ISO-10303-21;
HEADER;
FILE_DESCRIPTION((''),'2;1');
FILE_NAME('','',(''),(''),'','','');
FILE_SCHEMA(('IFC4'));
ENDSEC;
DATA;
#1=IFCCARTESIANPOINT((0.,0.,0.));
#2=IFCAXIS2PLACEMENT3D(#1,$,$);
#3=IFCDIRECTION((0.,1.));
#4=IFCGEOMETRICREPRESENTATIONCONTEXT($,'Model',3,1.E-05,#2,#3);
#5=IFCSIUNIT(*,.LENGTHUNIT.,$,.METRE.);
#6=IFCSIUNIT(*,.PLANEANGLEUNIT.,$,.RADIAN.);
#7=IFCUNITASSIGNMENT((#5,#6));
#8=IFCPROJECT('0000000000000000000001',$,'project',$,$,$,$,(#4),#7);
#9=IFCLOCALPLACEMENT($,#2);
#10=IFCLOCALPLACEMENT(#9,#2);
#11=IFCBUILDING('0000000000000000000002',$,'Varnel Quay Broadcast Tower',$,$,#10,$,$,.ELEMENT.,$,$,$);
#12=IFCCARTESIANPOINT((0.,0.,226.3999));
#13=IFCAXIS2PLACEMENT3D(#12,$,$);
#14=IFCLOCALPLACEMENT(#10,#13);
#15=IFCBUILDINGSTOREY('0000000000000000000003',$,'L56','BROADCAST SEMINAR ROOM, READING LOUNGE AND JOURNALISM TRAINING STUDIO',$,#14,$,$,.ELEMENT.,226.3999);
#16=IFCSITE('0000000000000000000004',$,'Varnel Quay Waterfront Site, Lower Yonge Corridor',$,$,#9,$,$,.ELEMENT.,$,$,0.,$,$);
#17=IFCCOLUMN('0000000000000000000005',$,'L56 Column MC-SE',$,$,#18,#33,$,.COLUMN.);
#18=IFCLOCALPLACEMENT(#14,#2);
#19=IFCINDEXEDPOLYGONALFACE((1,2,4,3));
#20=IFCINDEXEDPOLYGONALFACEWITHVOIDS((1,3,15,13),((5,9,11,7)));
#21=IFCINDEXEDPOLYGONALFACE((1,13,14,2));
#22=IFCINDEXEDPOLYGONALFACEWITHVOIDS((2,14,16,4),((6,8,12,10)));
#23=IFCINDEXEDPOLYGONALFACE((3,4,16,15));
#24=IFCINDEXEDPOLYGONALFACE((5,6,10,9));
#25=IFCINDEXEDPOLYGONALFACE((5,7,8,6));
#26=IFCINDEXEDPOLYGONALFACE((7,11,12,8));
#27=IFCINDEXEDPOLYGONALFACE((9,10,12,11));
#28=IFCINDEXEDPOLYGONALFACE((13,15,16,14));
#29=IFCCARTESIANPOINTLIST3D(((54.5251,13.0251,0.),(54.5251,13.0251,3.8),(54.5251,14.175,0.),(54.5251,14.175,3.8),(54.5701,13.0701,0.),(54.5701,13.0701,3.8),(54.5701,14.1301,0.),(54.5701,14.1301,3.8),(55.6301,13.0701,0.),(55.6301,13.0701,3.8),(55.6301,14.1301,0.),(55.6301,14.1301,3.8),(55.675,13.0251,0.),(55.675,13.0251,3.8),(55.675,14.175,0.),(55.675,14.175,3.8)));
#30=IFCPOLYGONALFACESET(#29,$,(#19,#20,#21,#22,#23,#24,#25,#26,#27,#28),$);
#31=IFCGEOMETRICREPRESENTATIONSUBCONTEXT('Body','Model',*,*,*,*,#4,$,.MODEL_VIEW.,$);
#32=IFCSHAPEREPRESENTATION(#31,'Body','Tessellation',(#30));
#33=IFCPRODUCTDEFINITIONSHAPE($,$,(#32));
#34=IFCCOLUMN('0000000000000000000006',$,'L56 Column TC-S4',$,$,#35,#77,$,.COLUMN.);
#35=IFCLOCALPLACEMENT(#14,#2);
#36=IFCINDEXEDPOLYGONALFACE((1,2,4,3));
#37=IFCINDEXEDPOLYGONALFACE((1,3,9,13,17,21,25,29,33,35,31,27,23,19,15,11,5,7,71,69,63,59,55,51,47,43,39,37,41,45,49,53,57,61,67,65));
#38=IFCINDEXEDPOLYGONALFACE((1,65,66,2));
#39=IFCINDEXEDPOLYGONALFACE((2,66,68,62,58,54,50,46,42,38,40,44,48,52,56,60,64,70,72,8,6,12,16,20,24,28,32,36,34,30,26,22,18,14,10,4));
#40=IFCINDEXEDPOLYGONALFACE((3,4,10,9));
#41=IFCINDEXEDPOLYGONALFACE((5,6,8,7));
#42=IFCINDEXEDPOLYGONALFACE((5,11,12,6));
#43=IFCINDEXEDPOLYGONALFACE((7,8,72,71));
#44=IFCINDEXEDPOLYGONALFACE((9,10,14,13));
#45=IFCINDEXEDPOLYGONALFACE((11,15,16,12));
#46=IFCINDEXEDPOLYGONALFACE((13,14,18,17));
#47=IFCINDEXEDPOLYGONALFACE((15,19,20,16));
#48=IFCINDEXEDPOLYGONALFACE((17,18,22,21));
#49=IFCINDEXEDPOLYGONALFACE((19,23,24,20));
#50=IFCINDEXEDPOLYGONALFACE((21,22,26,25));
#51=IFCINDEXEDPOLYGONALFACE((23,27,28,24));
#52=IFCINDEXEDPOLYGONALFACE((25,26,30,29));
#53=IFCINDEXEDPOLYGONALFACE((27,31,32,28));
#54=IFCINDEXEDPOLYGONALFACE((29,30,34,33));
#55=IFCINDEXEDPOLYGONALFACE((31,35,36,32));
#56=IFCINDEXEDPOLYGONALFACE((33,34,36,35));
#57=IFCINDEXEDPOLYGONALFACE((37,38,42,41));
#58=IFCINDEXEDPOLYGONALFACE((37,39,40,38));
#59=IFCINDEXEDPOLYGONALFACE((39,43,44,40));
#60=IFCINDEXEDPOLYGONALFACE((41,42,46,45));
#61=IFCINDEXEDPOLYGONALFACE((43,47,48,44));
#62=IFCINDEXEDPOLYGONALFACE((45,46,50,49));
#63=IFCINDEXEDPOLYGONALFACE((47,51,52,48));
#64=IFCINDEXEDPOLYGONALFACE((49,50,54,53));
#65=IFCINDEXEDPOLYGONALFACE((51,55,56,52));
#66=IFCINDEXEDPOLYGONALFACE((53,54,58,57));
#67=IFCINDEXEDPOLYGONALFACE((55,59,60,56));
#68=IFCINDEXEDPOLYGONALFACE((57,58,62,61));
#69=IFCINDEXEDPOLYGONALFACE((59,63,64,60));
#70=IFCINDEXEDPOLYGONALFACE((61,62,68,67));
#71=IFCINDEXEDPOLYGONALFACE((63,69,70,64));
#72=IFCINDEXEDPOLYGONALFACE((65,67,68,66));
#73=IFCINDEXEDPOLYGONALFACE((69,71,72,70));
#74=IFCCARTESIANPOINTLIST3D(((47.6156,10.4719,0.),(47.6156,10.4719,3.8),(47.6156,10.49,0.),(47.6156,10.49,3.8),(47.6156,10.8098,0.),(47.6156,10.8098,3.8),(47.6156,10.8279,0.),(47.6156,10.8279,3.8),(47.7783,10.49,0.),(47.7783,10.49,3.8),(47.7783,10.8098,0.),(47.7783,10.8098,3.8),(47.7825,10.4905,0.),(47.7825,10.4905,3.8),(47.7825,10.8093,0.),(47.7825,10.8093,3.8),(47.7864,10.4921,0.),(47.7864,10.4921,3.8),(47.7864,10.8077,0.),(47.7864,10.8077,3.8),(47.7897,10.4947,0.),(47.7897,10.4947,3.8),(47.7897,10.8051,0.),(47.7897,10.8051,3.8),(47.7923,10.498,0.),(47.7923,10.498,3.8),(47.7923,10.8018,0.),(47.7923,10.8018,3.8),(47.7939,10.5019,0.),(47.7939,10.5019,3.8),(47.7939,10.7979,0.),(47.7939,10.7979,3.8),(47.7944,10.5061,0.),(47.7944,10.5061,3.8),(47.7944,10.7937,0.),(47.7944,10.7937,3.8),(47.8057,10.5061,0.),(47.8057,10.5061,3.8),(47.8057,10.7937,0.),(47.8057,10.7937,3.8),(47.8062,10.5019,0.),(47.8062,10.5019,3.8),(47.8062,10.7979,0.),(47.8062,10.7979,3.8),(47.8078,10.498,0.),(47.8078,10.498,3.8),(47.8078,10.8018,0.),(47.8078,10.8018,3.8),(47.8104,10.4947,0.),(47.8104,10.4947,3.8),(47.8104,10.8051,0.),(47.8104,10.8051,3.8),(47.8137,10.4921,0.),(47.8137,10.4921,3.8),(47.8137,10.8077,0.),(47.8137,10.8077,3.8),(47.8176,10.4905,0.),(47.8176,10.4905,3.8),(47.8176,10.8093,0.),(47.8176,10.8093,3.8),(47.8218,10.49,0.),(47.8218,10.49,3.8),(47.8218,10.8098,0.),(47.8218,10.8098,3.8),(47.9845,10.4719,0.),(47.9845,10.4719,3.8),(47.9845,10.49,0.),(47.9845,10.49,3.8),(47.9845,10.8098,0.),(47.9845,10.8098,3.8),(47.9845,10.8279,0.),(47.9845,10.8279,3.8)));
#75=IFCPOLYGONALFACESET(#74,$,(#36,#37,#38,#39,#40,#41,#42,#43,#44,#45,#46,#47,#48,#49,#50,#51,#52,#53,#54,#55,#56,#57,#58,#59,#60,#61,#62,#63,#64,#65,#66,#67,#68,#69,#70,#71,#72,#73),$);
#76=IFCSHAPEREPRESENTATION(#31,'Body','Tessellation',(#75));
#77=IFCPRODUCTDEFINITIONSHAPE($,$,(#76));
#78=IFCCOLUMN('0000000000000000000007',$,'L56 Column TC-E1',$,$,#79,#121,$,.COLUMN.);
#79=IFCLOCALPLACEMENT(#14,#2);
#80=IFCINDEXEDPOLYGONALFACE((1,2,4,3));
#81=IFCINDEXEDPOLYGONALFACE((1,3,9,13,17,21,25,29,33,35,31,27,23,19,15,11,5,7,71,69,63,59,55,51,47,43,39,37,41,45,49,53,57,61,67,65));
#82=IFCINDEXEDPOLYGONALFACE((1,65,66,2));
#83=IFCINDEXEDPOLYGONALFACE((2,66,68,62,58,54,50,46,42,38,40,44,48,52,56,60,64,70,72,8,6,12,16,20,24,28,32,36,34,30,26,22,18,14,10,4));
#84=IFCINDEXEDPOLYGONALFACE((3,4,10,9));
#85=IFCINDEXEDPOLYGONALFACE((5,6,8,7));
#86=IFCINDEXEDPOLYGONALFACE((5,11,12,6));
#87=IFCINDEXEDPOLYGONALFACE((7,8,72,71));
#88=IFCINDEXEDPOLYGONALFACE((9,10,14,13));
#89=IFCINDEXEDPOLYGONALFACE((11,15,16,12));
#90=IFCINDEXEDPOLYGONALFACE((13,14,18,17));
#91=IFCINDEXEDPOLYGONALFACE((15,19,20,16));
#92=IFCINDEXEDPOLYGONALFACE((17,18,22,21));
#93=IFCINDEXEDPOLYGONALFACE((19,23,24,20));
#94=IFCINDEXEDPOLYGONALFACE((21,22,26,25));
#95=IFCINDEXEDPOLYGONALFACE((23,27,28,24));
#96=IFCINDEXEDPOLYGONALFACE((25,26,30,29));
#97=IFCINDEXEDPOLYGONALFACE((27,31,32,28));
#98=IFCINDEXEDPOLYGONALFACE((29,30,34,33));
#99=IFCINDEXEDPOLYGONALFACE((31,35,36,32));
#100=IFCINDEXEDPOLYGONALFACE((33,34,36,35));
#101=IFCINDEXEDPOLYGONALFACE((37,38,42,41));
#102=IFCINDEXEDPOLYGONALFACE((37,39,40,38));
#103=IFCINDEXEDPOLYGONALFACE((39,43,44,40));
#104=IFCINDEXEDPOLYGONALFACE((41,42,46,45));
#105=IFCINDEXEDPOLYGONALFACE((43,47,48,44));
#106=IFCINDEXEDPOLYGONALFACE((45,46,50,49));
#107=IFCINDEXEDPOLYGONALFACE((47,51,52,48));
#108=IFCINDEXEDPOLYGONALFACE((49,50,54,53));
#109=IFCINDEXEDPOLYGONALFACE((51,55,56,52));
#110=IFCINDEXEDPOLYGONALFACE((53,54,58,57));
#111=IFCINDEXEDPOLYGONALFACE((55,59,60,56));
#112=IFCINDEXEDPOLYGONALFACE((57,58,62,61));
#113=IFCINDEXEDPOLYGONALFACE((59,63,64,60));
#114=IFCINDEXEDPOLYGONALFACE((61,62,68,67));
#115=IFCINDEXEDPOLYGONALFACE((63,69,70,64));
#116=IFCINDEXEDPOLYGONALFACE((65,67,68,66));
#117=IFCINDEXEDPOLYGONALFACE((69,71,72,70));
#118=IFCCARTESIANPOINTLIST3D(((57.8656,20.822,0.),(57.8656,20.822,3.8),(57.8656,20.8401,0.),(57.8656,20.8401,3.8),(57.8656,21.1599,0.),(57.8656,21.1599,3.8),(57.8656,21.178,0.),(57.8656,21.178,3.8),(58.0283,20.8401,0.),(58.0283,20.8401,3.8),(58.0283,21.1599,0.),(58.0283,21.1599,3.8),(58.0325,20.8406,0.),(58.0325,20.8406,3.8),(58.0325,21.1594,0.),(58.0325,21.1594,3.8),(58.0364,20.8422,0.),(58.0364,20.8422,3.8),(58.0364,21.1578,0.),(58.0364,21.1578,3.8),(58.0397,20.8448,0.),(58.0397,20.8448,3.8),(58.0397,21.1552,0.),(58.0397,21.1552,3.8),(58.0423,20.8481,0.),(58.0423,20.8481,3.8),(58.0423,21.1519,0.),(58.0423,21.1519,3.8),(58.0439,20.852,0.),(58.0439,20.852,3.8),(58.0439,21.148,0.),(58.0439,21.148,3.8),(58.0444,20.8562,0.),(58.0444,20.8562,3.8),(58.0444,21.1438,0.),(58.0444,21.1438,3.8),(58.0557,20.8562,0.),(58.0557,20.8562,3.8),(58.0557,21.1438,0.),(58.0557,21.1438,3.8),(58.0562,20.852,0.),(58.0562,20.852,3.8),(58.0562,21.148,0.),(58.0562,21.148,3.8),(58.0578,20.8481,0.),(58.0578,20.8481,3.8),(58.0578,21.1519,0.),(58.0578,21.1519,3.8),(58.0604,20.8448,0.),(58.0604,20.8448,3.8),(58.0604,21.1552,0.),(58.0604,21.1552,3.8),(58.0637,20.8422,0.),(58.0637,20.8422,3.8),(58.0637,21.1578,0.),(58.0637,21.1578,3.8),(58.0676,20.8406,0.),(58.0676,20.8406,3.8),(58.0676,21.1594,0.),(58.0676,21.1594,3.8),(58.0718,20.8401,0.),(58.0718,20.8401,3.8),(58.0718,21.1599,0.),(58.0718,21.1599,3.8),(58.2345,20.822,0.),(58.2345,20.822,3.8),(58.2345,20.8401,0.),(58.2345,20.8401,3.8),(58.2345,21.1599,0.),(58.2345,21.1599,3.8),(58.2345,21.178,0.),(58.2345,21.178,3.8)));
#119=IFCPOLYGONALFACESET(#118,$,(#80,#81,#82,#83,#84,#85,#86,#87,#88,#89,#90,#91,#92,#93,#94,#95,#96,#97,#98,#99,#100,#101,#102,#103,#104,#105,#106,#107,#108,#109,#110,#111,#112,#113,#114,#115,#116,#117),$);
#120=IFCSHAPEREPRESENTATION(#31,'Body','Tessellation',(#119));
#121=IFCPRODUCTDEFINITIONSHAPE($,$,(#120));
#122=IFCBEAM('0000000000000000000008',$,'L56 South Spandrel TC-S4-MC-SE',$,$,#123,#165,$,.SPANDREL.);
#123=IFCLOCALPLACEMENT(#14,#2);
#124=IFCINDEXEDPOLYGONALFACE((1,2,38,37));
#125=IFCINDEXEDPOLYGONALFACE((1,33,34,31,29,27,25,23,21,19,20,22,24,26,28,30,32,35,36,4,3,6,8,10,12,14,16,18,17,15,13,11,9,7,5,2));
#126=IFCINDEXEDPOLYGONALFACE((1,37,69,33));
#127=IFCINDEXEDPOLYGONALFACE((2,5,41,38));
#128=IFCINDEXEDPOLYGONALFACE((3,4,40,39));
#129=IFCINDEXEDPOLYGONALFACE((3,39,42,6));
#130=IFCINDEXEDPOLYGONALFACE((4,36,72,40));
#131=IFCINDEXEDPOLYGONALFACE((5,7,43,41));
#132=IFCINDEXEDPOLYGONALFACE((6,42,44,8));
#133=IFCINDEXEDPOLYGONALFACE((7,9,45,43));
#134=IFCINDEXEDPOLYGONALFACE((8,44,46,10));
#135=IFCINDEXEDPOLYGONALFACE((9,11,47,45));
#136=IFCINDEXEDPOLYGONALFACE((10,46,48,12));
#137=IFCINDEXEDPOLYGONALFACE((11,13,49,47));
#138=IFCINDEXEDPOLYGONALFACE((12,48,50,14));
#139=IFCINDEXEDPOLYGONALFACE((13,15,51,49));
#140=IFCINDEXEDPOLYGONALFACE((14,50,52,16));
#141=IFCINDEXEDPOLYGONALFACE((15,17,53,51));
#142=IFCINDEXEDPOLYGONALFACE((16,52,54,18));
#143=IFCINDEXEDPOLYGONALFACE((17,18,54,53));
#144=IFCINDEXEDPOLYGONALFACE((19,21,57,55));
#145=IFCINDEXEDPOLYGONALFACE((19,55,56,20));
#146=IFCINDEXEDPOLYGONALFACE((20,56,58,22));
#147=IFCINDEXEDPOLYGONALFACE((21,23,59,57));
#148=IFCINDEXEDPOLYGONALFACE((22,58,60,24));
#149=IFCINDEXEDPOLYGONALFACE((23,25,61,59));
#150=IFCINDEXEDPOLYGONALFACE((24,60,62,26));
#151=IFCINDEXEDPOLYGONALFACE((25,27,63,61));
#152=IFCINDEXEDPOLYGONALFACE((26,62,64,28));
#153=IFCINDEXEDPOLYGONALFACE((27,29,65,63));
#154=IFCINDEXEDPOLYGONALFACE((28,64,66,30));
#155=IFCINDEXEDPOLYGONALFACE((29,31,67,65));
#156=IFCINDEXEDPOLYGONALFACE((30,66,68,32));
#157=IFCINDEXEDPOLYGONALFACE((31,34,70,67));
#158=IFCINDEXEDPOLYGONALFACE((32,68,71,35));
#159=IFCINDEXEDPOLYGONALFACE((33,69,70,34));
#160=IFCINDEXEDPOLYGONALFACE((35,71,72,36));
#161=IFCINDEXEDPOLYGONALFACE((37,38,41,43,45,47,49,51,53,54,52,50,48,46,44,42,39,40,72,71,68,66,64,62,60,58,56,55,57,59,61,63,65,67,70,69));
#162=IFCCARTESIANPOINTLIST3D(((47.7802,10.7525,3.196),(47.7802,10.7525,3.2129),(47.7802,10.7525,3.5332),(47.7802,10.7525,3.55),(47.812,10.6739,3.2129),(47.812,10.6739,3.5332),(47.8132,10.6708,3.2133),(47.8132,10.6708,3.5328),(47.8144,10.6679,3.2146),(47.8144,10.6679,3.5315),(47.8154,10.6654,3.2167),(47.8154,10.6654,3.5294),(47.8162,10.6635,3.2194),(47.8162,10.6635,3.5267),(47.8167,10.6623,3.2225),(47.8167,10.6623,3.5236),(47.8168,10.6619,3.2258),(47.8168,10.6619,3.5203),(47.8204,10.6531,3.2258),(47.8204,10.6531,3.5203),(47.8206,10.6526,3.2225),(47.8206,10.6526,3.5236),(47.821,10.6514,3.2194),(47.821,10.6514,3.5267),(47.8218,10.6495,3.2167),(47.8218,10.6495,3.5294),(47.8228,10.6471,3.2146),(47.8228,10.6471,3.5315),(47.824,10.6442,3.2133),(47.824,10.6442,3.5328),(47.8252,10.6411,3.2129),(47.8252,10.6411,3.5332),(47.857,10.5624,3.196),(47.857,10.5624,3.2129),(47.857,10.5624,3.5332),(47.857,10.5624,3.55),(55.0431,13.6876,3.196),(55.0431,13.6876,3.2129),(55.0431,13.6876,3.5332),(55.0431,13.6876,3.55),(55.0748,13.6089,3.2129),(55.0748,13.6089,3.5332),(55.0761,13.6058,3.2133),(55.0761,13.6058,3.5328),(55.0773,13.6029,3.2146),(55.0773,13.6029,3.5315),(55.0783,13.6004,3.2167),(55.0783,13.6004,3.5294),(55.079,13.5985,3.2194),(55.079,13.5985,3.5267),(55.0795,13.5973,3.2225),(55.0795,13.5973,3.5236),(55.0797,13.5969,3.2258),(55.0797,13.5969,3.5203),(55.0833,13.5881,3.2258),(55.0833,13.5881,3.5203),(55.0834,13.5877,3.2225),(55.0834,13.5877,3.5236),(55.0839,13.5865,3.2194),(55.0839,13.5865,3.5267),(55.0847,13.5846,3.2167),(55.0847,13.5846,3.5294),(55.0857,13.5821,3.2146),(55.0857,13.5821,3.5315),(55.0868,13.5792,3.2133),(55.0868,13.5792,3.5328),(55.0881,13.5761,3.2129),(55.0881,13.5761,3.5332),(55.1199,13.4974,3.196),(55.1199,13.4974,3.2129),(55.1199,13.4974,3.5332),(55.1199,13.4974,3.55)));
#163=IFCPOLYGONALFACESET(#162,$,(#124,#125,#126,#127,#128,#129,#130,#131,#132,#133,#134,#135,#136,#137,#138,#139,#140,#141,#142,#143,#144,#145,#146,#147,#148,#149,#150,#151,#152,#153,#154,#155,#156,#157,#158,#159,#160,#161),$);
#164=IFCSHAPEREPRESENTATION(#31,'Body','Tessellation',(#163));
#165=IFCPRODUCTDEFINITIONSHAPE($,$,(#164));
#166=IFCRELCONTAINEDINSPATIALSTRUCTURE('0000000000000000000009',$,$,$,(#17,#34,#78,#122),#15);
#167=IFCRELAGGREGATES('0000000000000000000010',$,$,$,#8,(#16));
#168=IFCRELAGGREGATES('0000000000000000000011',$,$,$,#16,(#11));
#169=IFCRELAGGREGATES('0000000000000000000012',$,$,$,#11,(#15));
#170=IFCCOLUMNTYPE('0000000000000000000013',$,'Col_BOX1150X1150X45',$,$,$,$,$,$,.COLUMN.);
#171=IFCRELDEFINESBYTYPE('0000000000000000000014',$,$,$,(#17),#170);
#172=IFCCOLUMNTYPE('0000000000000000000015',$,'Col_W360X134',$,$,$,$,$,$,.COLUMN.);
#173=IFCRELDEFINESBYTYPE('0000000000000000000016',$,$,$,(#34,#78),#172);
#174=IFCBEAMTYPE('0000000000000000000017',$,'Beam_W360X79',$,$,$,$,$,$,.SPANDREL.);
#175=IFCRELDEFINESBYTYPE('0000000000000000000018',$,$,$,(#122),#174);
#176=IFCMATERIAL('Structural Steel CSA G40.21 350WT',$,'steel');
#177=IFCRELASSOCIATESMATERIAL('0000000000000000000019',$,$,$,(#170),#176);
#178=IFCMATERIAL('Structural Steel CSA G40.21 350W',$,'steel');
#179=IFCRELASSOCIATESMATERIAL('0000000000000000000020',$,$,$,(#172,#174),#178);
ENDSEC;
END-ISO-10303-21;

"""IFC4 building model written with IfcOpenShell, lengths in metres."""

from ifc_helpers import new_model, si_unit, direction, frame, origin, origin_2d, place, context, subcontext, project, spatial, hollow_rectangle, i_section, extrude, source, transform, mapped, material, material_profile, profile_set, type_object, type_shapes, element, save


model = new_model("IFC4")

# Units and contexts
model_context = context("Model", 3, precision=1e-05, world=origin(), true_north=direction((0.0, 1.0)))
body_context = subcontext(model_context, "Body", "Model", "MODEL_VIEW")
ifc_project = project(units=[si_unit("LENGTHUNIT", "METRE"), si_unit("PLANEANGLEUNIT", "RADIAN")], contexts=[model_context])

# Site, building, storey
site_placement = place(None, origin())
site = spatial("IfcSite", under=ifc_project, at=site_placement, Name="Varnel Quay Waterfront Site, Lower Yonge Corridor", CompositionType="ELEMENT", RefElevation=0.0)
building_placement = place(site_placement, origin())
building = spatial("IfcBuilding", under=site, at=building_placement, Name="Varnel Quay Broadcast Tower", CompositionType="ELEMENT")
storey_placement = place(building_placement, frame((0.0, 0.0, 226.3999)))
storey = spatial("IfcBuildingStorey", under=building, at=storey_placement, Name="L56", Description="BROADCAST SEMINAR ROOM, READING LOUNGE AND JOURNALISM TRAINING STUDIO", CompositionType="ELEMENT", Elevation=226.3999)

# Columns
ifc_material_1 = material(Name="Structural Steel CSA G40.21 350WT", Category="steel")
ifc_material_profile_1 = material_profile(ifc_material_1, hollow_rectangle(XDim=1.1499, YDim=1.1499, WallThickness=0.0449, at=origin_2d()), Name="BOX1150X1150X45")
ifc_profile_set_1 = profile_set([ifc_material_profile_1], Name="Structural Steel CSA G40.21 350WT")
column_type_1 = type_object("IfcColumnType", Name="Col_BOX1150X1150X45", PredefinedType="COLUMN", material=ifc_profile_set_1)
shared_shape_1 = source(origin(), body_context, "Body", "SweptSolid", [
    extrude(hollow_rectangle(XDim=1.1499, YDim=1.1499, WallThickness=0.0449, at=origin_2d()), origin(), (0.0, 0.0, 1.0), 3.8),
])
type_shapes(column_type_1, [shared_shape_1])
column_placement = place(storey_placement, frame((55.1001, 13.6001, 0.0), z_axis=(0.0, 0.0, 1.0), x_axis=(1.0, 0.0, 0.0)))
element("IfcColumn", 1, at=column_placement, inside=storey, type_object=column_type_1, Name="L56 Column MC-SE", PredefinedType="COLUMN", context=body_context, shape_type="MappedRepresentation", body=[
    mapped(shared_shape_1, transform((0.0, 0.0, 0.0), x_axis=(1.0, 0.0, 0.0), y_axis=(0.0, 1.0, 0.0), z_axis=(0.0, 0.0, 1.0), scale=1.0)),
])
ifc_material_2 = material(Name="Structural Steel CSA G40.21 350W", Category="steel")
ifc_material_profile_2 = material_profile(ifc_material_2, i_section(OverallWidth=0.3689, OverallDepth=0.356, WebThickness=0.0112, FlangeThickness=0.0181, FilletRadius=0.0161, at=origin_2d()), Name="W360X134")
ifc_profile_set_2 = profile_set([ifc_material_profile_2], Name="Structural Steel CSA G40.21 350W")
column_type_2 = type_object("IfcColumnType", Name="Col_W360X134", PredefinedType="COLUMN", material=ifc_profile_set_2)
shared_shape_2 = source(origin(), body_context, "Body", "SweptSolid", [
    extrude(i_section(OverallWidth=0.3689, OverallDepth=0.356, WebThickness=0.0112, FlangeThickness=0.0181, FilletRadius=0.0161, at=origin_2d()), origin(), (0.0, 0.0, 1.0), 3.8),
])
type_shapes(column_type_2, [shared_shape_2])
for number, where, z_axis, x_axis, name in (
    (2, (47.8, 10.6499, 0.0), (0.0, 0.0, 1.0), (1.0, 0.0, 0.0), "L56 Column TC-S4"),
    (3, (58.05, 21.0, 0.0), (0.0, 0.0, 1.0), (1.0, 0.0, 0.0), "L56 Column TC-E1"),
):
    element("IfcColumn", number, at=place(storey_placement, frame(where, z_axis=z_axis, x_axis=x_axis)), inside=storey, type_object=column_type_2, Name=name, PredefinedType="COLUMN", context=body_context, shape_type="MappedRepresentation", body=[
        mapped(shared_shape_2, transform((0.0, 0.0, 0.0), x_axis=(1.0, 0.0, 0.0), y_axis=(0.0, 1.0, 0.0), z_axis=(0.0, 0.0, 1.0), scale=1.0)),
    ])

# Beam
ifc_material_profile_3 = material_profile(ifc_material_2, i_section(OverallWidth=0.2051, OverallDepth=0.354, WebThickness=0.0095, FlangeThickness=0.0168, FilletRadius=0.0129, at=origin_2d()), Name="W360X79")
ifc_profile_set_3 = profile_set([ifc_material_profile_3], Name="Structural Steel CSA G40.21 350W")
beam_type_1 = type_object("IfcBeamType", Name="Beam_W360X79", PredefinedType="SPANDREL", material=ifc_profile_set_3)
shared_shape_3 = source(origin(), body_context, "Body", "SweptSolid", [
    extrude(i_section(OverallWidth=0.2051, OverallDepth=0.354, WebThickness=0.0095, FlangeThickness=0.0168, FilletRadius=0.0129, at=origin_2d()), origin(), (0.0, 0.0, 1.0), 7.8335),
])
beam_1_placement = place(storey_placement, frame((47.8186, 10.6575, 3.373), z_axis=(0.927155, 0.374677, 0.0), x_axis=(-0.374677, 0.927155, 0.0)))
element("IfcBeam", 4, at=beam_1_placement, inside=storey, type_object=beam_type_1, Name="L56 South Spandrel TC-S4-MC-SE", PredefinedType="SPANDREL", context=body_context, shape_type="MappedRepresentation", body=[
    mapped(shared_shape_3, transform((0.0, 0.0, 0.0), x_axis=(1.0, 0.0, 0.0), y_axis=(0.0, 1.0, 0.0), z_axis=(0.0, 0.0, 1.0), scale=1.0)),
])

save(model, "model.ifc")
